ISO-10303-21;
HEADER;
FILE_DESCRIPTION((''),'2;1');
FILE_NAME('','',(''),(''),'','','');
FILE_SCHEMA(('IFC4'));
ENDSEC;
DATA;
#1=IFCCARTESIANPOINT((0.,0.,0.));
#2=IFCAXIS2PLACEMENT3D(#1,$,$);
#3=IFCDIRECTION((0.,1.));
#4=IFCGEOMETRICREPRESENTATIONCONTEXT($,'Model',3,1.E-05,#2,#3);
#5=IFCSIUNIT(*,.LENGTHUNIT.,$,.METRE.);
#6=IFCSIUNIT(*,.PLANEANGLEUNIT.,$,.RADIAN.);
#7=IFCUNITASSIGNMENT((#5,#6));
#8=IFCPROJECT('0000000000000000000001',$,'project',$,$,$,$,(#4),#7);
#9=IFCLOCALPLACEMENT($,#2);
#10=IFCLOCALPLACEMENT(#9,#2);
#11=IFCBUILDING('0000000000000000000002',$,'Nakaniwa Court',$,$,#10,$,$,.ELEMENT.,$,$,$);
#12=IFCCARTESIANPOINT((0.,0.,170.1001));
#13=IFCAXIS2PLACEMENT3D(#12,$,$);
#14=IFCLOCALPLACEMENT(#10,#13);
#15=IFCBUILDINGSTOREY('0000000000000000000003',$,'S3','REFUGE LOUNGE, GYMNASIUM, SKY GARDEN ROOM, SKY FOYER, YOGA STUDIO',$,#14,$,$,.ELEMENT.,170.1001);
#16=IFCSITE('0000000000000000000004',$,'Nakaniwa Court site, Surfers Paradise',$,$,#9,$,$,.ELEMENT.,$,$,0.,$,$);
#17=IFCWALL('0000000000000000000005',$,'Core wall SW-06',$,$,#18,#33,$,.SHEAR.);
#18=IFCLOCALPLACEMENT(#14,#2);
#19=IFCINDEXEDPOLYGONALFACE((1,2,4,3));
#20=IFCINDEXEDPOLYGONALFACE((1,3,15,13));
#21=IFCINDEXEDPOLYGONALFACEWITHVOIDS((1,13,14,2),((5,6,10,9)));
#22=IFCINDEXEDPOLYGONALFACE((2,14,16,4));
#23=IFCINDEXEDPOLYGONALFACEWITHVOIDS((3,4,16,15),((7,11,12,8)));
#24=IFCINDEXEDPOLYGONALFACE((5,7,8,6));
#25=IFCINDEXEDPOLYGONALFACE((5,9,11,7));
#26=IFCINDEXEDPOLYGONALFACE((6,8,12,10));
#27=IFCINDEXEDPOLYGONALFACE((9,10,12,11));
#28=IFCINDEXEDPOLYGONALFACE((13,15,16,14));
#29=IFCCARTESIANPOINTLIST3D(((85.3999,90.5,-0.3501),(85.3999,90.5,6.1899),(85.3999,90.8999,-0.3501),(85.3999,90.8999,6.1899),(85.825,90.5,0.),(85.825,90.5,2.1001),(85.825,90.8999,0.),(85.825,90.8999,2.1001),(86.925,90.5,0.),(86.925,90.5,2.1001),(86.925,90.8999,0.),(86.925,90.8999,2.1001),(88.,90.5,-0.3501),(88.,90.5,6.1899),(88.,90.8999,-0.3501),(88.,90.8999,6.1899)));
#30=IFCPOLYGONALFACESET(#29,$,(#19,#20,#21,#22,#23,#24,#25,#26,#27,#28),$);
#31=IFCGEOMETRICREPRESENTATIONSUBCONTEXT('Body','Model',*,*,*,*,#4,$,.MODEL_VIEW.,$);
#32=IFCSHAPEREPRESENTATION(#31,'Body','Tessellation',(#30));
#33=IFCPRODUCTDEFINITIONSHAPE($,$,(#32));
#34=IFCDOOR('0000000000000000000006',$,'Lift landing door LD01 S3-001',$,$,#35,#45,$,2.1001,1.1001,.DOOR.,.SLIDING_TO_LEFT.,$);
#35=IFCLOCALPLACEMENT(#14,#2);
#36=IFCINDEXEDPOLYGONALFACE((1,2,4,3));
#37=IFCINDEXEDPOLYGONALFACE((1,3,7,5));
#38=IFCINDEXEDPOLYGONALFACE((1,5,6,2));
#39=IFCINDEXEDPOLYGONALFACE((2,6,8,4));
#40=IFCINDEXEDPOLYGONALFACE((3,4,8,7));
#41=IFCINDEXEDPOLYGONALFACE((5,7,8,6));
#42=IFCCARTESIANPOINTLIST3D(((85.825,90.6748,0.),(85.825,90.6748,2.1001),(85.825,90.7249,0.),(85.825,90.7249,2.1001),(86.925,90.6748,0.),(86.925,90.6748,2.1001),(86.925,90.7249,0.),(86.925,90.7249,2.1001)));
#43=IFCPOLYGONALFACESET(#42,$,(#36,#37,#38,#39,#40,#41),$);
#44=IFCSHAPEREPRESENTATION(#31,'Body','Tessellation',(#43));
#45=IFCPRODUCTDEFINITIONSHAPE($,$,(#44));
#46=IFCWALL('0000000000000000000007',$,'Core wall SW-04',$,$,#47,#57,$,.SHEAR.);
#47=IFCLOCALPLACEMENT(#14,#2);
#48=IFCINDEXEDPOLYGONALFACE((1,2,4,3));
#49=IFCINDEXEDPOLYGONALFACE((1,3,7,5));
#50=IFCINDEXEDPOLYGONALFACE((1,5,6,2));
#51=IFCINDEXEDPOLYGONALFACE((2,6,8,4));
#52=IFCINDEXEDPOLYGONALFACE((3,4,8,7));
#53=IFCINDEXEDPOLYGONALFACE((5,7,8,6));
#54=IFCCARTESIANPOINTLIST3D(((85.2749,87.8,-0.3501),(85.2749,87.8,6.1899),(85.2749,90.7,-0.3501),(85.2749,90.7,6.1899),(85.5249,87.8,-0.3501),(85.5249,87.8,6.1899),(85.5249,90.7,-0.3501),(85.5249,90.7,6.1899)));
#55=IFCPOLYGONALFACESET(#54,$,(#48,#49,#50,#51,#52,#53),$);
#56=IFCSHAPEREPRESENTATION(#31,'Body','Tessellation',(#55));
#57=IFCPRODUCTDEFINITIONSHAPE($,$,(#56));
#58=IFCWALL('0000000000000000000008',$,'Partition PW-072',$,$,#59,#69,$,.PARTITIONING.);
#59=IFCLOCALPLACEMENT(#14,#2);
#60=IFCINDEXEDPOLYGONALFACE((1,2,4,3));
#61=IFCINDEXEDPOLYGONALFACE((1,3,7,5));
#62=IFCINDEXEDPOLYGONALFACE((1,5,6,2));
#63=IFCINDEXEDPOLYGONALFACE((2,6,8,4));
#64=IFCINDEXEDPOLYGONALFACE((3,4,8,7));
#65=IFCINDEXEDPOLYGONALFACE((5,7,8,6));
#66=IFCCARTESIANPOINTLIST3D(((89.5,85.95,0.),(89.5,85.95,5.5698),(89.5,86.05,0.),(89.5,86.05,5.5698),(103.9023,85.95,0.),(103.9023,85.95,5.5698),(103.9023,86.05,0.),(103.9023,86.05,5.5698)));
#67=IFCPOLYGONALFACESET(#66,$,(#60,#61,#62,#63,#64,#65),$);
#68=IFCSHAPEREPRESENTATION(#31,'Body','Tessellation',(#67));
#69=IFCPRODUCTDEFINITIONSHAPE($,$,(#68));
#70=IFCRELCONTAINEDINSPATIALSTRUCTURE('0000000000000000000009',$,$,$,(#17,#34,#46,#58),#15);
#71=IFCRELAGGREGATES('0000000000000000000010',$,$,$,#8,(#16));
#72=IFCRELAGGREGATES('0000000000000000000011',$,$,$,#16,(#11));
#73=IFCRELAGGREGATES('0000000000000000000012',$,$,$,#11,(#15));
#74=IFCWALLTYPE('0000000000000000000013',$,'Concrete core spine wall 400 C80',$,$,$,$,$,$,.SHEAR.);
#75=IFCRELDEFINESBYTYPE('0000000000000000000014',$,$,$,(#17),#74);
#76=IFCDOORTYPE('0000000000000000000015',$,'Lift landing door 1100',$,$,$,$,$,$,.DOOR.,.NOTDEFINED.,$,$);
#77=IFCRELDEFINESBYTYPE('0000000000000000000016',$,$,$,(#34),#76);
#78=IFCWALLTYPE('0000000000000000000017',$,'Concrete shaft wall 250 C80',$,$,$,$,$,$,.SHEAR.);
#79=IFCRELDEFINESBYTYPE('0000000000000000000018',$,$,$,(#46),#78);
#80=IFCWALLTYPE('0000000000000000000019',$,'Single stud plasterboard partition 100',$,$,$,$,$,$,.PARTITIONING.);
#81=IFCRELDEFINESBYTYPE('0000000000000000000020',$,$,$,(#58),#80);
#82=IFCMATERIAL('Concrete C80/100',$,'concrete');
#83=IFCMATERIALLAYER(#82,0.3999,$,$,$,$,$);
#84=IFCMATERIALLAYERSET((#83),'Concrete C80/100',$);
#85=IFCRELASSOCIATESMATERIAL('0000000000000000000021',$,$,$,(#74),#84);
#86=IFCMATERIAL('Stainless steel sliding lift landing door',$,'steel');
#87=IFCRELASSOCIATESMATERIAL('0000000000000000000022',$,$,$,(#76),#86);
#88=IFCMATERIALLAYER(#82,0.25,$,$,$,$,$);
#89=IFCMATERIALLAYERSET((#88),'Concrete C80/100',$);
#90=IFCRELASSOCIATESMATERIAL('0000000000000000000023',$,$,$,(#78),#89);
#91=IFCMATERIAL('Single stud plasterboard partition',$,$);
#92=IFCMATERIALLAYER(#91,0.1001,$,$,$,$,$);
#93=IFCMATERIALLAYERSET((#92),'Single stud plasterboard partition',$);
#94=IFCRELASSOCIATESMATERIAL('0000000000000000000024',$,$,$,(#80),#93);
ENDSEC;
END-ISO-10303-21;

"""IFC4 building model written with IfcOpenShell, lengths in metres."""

from ifc_helpers import new_model, si_unit, direction, frame, frame_2d, origin, place, context, subcontext, project, spatial, rectangle, extrude, material, layer, layer_set, type_object, element, fill, save


model = new_model("IFC4")

# Units and contexts
model_context = context("Model", 3, precision=1e-05, world=origin(), true_north=direction((0.0, 1.0)))
body_context = subcontext(model_context, "Body", "Model", "MODEL_VIEW")
ifc_project = project(units=[si_unit("LENGTHUNIT", "METRE"), si_unit("PLANEANGLEUNIT", "RADIAN")], contexts=[model_context])

# Site, building, storey
site_placement = place(None, origin())
site = spatial("IfcSite", under=ifc_project, at=site_placement, Name="Nakaniwa Court site, Surfers Paradise", CompositionType="ELEMENT", RefElevation=0.0)
building_placement = place(site_placement, origin())
building = spatial("IfcBuilding", under=site, at=building_placement, Name="Nakaniwa Court", CompositionType="ELEMENT")
storey_placement = place(building_placement, frame((0.0, 0.0, 170.1001)))
storey = spatial("IfcBuildingStorey", under=building, at=storey_placement, Name="S3", Description="REFUGE LOUNGE, GYMNASIUM, SKY GARDEN ROOM, SKY FOYER, YOGA STUDIO", CompositionType="ELEMENT", Elevation=170.1001)

# Shared definitions
ifc_material_1 = material(Name="Concrete C80/100", Category="concrete")

# Wall, opening, door
ifc_layer_1 = layer(ifc_material_1, 0.3999)
ifc_layer_set_1 = layer_set([ifc_layer_1], Name="Concrete C80/100")
wall_type_1 = type_object("IfcWallType", Name="Concrete core spine wall 400 C80", PredefinedType="SHEAR", material=ifc_layer_set_1)
wall_1_placement = place(storey_placement, frame((85.3999, 90.7, -0.3501), z_axis=(0.0, 0.0, 1.0), x_axis=(1.0, 0.0, 0.0)))
wall_1 = element("IfcWall", 1, at=wall_1_placement, inside=storey, type_object=wall_type_1, Name="Core wall SW-06", PredefinedType="SHEAR", context=body_context, shape_type="SweptSolid", body=[
    extrude(rectangle(XDim=2.6001, YDim=0.3999, at=frame_2d((1.3, 0.0))), origin(), (0.0, 0.0, 1.0), 6.54),
])
opening_1_placement = place(wall_1_placement, frame((0.425, 0.0, 0.3501)))
opening_1 = element("IfcOpeningElement", 2, at=opening_1_placement, cuts=wall_1, PredefinedType="OPENING", context=body_context, shape_type="SweptSolid", body=[
    extrude(rectangle(XDim=1.1001, YDim=2.1001, at=frame_2d((0.55, 1.05))), frame((0.0, 0.21, 0.0), z_axis=(0.0, -1.0, 0.0), x_axis=(1.0, 0.0, 0.0)), (0.0, 0.0, 1.0), 0.4199),
])
ifc_material_2 = material(Name="Stainless steel sliding lift landing door", Category="steel")
door_type_1 = type_object("IfcDoorType", Name="Lift landing door 1100", OperationType="NOTDEFINED", PredefinedType="DOOR", material=ifc_material_2)
door_1_placement = place(opening_1_placement, origin())
door_1 = element("IfcDoor", 3, at=door_1_placement, inside=storey, type_object=door_type_1, Name="Lift landing door LD01 S3-001", OperationType="SLIDING_TO_LEFT", OverallHeight=2.1001, OverallWidth=1.1001, PredefinedType="DOOR", context=body_context, shape_type="SweptSolid", body=[
    extrude(rectangle(XDim=1.1001, YDim=2.1001, at=frame_2d((0.55, 1.05))), frame((0.0, 0.0249, 0.0), z_axis=(0.0, -1.0, 0.0), x_axis=(1.0, 0.0, 0.0)), (0.0, 0.0, 1.0), 0.05),
])
fill(opening_1, door_1)

# Walls
ifc_layer_2 = layer(ifc_material_1, 0.25)
ifc_layer_set_2 = layer_set([ifc_layer_2], Name="Concrete C80/100")
wall_type_2 = type_object("IfcWallType", Name="Concrete shaft wall 250 C80", PredefinedType="SHEAR", material=ifc_layer_set_2)
wall_2_placement = place(storey_placement, frame((85.3999, 87.8, -0.3501), z_axis=(0.0, 0.0, 1.0), x_axis=(0.0, 1.0, 0.0)))
element("IfcWall", 4, at=wall_2_placement, inside=storey, type_object=wall_type_2, Name="Core wall SW-04", PredefinedType="SHEAR", context=body_context, shape_type="SweptSolid", body=[
    extrude(rectangle(XDim=2.8999, YDim=0.25, at=frame_2d((1.45, 0.0))), origin(), (0.0, 0.0, 1.0), 6.54),
])
ifc_material_3 = material(Name="Single stud plasterboard partition")
ifc_layer_3 = layer(ifc_material_3, 0.1001)
ifc_layer_set_3 = layer_set([ifc_layer_3], Name="Single stud plasterboard partition")
wall_type_3 = type_object("IfcWallType", Name="Single stud plasterboard partition 100", PredefinedType="PARTITIONING", material=ifc_layer_set_3)
wall_3_placement = place(storey_placement, frame((89.5, 86.0, 0.0), z_axis=(0.0, 0.0, 1.0), x_axis=(1.0, 0.0, 0.0)))
element("IfcWall", 5, at=wall_3_placement, inside=storey, type_object=wall_type_3, Name="Partition PW-072", PredefinedType="PARTITIONING", context=body_context, shape_type="SweptSolid", body=[
    extrude(rectangle(XDim=14.4023, YDim=0.1001, at=frame_2d((7.2012, 0.0))), origin(), (0.0, 0.0, 1.0), 5.5698),
])

save(model, "model.ifc")
